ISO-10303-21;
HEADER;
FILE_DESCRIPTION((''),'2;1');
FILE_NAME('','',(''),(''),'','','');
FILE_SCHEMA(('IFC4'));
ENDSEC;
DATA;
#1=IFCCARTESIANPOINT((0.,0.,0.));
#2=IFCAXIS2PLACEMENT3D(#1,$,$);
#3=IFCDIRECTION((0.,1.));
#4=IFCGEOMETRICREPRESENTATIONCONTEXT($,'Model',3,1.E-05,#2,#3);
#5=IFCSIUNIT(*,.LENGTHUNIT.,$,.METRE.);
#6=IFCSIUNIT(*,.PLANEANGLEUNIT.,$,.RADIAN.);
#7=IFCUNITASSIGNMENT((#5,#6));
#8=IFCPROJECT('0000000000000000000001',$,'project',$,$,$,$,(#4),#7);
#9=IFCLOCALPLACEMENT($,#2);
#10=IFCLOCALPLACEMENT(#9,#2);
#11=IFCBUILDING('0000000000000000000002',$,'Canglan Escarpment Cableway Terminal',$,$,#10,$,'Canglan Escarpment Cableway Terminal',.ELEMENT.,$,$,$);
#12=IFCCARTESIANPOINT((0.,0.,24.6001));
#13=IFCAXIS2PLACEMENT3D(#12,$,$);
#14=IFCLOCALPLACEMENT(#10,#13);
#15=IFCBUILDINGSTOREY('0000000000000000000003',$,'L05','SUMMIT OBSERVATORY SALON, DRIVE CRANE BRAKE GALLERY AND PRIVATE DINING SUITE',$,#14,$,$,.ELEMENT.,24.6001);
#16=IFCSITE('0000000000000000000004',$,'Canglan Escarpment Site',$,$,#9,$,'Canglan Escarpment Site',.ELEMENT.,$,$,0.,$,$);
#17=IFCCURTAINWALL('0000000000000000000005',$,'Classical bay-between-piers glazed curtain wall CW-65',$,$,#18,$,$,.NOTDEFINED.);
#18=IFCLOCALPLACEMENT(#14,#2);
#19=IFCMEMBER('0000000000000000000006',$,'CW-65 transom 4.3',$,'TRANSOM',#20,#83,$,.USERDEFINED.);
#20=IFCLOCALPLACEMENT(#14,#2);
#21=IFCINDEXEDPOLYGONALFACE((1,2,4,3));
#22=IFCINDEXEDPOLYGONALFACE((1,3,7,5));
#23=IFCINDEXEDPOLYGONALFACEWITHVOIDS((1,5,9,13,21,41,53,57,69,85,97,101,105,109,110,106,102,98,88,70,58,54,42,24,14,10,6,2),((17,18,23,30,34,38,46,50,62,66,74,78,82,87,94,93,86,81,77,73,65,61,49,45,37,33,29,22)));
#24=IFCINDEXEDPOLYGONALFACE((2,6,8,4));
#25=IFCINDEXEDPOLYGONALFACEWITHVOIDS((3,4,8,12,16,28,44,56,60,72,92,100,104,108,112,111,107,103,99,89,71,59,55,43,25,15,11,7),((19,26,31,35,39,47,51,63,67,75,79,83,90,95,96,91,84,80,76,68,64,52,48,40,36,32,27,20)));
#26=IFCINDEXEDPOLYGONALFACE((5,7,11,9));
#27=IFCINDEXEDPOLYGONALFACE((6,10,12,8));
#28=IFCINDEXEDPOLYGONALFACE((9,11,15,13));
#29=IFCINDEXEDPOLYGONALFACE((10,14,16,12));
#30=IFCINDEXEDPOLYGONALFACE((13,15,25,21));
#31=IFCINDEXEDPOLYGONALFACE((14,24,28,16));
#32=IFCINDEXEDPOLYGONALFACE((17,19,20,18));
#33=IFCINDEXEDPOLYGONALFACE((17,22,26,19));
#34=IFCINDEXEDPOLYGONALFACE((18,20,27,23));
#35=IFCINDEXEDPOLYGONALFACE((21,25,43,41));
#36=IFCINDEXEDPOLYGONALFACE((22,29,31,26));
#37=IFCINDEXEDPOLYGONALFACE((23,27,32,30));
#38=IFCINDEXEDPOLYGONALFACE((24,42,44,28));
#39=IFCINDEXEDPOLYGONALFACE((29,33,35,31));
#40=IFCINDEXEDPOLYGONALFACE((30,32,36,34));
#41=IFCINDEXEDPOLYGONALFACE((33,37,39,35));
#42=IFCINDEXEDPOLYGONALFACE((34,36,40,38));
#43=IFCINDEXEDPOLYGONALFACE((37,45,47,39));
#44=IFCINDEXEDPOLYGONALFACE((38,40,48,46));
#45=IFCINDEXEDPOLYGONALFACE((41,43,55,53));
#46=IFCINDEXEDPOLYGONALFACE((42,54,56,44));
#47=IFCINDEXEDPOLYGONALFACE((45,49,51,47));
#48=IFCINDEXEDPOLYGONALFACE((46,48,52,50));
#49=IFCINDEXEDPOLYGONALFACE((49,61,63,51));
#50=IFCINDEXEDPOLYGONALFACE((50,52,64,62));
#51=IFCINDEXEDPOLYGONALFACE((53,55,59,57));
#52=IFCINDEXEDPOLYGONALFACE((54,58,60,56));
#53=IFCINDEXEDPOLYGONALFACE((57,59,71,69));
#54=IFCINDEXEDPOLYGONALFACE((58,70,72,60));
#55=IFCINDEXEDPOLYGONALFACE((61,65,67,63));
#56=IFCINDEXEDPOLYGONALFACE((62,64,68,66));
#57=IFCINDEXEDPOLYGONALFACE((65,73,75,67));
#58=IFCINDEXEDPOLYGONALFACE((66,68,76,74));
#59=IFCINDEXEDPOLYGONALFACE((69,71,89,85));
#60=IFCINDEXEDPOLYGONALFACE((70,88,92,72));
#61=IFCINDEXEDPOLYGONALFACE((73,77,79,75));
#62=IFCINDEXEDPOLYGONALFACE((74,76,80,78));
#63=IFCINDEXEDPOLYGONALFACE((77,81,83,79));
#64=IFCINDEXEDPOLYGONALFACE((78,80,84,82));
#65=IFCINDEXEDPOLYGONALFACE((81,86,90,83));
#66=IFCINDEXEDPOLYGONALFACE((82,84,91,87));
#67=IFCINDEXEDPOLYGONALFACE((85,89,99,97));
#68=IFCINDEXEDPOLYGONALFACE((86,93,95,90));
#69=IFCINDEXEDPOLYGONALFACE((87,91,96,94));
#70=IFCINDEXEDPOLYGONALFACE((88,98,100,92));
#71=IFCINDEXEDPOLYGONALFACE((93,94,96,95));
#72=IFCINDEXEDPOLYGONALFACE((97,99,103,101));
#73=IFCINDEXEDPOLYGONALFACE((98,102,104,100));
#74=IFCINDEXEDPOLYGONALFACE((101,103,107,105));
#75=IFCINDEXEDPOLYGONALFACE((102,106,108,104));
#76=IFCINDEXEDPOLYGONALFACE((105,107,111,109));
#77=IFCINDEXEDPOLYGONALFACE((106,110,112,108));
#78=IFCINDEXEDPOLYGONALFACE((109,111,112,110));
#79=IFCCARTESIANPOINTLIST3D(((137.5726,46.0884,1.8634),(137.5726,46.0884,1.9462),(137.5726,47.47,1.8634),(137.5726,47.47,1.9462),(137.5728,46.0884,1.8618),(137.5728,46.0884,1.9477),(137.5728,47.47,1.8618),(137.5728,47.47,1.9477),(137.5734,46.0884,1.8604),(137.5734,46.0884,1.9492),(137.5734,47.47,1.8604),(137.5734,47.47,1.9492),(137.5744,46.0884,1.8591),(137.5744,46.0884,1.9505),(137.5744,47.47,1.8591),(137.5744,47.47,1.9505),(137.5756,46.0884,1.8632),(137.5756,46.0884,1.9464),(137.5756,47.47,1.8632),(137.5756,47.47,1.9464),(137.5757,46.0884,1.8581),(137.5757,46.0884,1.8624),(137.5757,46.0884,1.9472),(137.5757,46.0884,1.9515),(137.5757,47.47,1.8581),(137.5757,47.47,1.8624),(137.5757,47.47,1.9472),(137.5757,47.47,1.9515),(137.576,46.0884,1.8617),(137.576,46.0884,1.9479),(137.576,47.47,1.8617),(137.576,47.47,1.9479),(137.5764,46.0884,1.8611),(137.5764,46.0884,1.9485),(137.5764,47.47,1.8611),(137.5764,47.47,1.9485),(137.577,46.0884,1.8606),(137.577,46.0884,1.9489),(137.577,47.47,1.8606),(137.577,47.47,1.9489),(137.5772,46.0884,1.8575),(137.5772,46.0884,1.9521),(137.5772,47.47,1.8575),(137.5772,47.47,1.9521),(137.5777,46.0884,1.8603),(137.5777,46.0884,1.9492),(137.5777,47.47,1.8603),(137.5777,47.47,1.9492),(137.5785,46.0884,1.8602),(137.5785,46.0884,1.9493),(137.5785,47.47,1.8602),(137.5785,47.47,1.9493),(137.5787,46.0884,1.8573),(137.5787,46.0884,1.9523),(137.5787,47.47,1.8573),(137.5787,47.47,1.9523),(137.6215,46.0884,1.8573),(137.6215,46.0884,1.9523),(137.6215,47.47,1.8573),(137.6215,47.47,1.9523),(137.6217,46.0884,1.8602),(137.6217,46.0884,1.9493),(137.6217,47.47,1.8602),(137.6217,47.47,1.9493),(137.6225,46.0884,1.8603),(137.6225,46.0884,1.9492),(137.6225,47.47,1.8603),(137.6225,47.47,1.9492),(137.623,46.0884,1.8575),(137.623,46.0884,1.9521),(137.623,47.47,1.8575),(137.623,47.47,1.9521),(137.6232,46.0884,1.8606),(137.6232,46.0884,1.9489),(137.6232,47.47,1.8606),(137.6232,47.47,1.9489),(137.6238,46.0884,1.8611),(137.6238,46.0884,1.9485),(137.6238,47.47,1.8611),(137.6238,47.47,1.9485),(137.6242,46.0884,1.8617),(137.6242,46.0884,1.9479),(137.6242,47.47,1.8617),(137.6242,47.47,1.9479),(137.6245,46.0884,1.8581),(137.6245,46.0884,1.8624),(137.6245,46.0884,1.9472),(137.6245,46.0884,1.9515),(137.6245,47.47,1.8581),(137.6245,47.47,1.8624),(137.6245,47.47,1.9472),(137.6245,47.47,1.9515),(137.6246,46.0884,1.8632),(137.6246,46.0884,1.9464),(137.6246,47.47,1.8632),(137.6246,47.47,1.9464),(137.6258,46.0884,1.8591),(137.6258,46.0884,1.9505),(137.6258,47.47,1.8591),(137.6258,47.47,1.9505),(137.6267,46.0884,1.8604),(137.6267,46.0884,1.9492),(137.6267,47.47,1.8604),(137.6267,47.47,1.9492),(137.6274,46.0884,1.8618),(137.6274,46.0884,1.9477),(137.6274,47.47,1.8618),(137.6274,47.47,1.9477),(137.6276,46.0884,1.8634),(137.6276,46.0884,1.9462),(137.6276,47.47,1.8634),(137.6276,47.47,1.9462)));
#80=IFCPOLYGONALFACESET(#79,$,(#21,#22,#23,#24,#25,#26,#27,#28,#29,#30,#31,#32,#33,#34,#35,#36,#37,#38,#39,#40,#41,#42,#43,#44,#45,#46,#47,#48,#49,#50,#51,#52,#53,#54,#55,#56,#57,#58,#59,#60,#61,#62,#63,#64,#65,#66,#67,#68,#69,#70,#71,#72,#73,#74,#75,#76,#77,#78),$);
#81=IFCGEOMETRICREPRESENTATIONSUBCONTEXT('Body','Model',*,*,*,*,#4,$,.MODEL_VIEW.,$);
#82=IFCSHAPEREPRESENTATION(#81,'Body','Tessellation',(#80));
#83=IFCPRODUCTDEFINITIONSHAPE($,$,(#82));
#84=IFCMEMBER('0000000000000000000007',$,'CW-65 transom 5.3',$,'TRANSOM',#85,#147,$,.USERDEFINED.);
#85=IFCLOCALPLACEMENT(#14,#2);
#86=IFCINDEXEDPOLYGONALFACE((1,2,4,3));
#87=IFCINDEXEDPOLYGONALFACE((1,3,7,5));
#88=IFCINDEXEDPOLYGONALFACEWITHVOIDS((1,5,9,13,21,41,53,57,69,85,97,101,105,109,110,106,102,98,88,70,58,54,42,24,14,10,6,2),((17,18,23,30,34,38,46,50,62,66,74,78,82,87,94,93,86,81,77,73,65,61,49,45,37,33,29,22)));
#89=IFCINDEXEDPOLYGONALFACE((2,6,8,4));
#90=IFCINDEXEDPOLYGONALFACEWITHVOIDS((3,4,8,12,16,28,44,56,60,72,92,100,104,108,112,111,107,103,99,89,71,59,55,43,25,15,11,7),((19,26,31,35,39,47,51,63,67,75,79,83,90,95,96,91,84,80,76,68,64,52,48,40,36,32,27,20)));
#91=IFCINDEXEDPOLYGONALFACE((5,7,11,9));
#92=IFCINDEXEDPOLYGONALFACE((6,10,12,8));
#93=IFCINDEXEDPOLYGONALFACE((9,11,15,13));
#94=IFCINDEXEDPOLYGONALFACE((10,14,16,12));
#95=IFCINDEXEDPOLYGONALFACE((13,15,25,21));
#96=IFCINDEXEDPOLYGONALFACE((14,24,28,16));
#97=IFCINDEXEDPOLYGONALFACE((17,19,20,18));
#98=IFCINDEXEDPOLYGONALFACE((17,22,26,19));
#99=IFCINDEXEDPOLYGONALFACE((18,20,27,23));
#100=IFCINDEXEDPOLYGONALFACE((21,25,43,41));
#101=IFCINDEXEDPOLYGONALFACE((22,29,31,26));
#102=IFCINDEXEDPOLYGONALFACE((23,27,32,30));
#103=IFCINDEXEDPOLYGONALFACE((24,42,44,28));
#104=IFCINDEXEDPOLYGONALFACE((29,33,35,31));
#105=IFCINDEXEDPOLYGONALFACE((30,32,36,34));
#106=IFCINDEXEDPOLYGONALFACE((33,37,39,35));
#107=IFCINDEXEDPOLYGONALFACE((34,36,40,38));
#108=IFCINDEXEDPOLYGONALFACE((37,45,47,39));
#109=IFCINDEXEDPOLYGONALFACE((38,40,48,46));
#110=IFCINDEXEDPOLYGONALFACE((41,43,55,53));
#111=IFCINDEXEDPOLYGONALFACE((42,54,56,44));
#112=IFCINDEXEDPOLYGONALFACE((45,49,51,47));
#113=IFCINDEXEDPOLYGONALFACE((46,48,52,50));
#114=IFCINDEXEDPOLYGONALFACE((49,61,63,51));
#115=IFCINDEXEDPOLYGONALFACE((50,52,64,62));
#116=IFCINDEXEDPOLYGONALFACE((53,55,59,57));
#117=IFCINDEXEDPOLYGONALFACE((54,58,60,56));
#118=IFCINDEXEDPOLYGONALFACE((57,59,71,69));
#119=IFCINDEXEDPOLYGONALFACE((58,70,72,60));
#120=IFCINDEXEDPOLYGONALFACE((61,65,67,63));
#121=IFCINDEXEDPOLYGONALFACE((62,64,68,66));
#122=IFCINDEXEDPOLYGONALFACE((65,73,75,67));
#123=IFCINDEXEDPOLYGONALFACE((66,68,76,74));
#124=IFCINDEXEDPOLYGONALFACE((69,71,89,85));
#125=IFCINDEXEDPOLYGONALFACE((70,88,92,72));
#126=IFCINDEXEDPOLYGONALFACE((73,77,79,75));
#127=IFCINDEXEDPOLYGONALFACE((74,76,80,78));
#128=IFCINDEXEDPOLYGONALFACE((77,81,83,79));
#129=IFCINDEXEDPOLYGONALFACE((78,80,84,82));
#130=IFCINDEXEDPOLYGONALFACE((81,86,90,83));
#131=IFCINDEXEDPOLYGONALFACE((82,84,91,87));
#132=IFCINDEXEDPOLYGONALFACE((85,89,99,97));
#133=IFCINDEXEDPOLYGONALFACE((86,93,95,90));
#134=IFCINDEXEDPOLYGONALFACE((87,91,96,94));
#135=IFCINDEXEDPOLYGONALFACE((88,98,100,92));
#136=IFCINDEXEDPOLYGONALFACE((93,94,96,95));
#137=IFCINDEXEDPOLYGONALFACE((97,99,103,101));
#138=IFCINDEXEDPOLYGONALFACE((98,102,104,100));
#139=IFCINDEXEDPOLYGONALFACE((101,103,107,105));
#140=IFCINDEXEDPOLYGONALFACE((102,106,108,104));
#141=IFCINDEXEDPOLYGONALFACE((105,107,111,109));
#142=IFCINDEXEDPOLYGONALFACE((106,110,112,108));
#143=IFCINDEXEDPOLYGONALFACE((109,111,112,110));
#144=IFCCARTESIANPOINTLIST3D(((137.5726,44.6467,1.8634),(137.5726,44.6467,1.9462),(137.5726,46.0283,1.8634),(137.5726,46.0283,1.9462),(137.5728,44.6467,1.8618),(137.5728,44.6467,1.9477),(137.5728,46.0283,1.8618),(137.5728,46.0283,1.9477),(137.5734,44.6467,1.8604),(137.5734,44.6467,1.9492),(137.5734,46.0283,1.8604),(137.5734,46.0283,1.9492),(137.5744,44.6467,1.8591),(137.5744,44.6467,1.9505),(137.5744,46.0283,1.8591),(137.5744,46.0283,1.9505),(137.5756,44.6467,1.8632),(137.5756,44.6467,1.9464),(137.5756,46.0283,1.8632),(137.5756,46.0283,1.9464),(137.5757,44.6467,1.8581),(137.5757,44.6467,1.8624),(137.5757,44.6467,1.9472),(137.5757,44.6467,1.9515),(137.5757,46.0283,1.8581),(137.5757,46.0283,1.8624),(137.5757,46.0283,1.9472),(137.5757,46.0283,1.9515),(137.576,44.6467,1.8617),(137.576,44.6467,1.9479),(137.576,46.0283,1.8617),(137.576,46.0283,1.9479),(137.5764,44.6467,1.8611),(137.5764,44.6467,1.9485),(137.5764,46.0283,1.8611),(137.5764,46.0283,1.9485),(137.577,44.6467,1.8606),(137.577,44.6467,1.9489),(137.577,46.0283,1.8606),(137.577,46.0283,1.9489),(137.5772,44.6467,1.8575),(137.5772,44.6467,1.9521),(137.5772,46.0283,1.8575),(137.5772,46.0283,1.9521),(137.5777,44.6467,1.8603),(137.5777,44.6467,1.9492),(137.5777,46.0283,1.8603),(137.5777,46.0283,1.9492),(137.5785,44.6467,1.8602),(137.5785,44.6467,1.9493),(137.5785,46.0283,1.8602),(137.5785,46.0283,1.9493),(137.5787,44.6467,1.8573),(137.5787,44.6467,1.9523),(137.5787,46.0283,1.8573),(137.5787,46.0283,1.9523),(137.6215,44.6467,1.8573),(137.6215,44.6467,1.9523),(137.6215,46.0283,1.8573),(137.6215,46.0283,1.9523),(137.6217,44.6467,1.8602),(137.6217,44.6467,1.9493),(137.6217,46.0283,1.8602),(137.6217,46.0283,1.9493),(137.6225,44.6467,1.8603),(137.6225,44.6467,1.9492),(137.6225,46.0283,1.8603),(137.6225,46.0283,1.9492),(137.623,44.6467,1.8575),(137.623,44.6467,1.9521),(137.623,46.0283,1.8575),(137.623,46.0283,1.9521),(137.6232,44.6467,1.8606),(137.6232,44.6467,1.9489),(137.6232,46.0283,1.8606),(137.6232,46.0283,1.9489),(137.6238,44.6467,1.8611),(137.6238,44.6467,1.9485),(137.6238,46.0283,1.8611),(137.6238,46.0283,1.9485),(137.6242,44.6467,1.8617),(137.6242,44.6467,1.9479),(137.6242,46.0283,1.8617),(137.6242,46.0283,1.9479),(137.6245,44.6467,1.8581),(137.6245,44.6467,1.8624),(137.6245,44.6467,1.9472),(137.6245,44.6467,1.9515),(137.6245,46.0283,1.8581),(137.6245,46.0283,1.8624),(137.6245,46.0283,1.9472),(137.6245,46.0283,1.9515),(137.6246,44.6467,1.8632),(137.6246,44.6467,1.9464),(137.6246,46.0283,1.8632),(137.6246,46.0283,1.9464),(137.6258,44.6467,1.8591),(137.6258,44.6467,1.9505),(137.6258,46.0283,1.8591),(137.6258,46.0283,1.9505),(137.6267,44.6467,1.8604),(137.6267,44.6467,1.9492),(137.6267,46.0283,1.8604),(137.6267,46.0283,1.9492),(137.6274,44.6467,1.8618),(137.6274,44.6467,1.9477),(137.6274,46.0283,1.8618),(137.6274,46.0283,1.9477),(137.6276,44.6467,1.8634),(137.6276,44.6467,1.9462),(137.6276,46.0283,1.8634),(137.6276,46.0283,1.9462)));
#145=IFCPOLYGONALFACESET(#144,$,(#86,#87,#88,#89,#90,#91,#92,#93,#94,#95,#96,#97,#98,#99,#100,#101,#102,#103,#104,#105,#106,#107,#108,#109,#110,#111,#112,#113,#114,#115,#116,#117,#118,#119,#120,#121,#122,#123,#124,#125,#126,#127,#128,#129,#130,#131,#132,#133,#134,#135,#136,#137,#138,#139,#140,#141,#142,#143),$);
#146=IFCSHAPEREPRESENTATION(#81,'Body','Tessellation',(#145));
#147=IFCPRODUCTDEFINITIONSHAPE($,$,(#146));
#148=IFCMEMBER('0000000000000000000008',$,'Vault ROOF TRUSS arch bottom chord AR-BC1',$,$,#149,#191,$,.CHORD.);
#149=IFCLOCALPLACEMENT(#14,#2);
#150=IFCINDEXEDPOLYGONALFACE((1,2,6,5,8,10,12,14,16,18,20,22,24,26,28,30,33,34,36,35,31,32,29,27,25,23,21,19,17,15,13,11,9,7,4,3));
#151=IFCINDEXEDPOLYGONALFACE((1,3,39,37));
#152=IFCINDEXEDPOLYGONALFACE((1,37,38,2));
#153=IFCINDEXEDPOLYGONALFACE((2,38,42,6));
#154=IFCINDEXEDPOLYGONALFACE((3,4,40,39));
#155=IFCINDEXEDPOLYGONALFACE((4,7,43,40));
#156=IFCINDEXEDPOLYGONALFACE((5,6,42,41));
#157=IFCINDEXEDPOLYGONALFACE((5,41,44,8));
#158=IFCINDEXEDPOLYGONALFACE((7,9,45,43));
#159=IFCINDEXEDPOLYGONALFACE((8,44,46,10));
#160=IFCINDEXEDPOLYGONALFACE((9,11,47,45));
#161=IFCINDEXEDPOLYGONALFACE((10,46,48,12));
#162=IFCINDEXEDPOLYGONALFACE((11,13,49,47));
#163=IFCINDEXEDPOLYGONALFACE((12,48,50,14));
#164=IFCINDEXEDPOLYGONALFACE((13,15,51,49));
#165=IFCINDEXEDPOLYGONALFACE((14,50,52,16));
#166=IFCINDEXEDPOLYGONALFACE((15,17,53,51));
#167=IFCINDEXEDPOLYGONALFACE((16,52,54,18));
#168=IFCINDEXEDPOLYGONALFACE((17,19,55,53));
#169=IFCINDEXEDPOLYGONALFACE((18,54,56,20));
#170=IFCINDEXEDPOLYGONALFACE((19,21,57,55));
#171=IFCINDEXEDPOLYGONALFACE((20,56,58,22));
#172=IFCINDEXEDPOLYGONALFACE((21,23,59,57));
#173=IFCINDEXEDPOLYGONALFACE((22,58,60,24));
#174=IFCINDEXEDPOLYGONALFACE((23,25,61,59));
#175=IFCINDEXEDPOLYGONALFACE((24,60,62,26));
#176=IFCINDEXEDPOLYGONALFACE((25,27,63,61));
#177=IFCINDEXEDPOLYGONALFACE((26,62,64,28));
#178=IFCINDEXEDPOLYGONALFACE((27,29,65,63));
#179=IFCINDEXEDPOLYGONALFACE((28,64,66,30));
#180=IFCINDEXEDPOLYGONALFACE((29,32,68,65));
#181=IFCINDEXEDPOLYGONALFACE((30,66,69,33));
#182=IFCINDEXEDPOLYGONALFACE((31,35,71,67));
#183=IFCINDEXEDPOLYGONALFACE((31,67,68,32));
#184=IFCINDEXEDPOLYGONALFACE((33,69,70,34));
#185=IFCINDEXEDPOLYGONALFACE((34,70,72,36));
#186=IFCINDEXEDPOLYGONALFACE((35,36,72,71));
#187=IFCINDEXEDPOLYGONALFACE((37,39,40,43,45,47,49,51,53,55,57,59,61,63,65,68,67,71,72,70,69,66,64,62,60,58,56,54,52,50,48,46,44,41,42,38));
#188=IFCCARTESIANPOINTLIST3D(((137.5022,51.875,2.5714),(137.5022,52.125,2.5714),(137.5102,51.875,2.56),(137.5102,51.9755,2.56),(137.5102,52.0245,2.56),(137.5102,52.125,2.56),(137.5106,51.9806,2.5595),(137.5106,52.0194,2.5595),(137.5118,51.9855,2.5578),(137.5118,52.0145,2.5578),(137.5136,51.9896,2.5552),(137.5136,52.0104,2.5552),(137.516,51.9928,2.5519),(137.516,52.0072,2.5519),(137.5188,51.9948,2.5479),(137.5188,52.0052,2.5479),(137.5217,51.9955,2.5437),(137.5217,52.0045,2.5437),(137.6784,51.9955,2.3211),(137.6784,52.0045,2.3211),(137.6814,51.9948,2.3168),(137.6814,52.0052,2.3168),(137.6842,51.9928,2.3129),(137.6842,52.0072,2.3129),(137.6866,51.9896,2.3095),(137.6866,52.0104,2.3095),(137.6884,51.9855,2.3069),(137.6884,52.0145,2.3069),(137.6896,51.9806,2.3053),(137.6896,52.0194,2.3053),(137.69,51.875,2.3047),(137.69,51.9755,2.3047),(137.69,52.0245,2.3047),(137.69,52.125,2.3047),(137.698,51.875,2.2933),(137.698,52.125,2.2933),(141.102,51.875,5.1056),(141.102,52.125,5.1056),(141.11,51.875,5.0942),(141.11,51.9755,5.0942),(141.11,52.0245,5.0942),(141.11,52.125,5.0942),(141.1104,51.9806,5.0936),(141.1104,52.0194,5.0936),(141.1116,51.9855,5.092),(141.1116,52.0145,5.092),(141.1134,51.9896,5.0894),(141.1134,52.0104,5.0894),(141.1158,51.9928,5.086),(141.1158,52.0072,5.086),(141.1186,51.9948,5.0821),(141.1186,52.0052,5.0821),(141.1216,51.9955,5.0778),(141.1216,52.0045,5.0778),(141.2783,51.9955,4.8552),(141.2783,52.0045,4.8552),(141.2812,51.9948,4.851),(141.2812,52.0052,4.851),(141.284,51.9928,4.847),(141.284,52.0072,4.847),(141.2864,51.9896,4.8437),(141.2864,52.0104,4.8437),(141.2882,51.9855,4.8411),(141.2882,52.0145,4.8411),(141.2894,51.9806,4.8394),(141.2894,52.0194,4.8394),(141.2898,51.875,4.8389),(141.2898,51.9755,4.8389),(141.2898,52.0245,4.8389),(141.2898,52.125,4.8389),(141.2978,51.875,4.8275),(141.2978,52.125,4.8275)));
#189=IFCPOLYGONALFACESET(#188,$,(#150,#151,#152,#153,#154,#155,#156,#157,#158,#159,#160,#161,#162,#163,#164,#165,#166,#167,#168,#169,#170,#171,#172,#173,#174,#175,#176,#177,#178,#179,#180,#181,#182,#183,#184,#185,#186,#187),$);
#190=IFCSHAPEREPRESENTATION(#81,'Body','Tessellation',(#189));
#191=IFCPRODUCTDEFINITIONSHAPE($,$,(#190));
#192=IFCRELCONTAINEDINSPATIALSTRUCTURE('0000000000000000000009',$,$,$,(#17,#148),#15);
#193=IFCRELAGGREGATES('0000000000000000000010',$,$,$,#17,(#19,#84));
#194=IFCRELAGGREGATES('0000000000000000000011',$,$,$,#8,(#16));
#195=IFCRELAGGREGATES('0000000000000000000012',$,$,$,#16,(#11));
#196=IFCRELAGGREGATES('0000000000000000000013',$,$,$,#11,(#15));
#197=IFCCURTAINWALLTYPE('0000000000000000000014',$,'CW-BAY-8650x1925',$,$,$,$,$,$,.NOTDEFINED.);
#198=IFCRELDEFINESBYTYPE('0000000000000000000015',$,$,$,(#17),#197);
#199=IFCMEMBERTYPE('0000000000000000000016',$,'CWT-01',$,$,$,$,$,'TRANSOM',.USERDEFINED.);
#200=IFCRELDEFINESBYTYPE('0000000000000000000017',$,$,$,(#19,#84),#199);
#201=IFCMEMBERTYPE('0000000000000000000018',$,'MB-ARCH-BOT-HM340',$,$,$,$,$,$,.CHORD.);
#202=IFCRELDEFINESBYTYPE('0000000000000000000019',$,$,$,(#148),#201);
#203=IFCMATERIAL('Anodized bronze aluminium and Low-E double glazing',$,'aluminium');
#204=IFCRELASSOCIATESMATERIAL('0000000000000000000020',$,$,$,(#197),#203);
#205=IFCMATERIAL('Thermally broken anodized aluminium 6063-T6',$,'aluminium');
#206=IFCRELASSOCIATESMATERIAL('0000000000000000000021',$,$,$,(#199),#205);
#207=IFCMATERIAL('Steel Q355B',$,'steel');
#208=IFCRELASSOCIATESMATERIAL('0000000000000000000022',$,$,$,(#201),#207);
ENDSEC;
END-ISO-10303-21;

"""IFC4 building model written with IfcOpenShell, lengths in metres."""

from ifc_helpers import new_model, si_unit, direction, frame, origin, origin_2d, place, context, subcontext, project, spatial, hollow_rectangle, i_section, extrude, material, material_profile, profile_set, type_object, element, aggregate, save


model = new_model("IFC4")

# Units and contexts
model_context = context("Model", 3, precision=1e-05, world=origin(), true_north=direction((0.0, 1.0)))
body_context = subcontext(model_context, "Body", "Model", "MODEL_VIEW")
ifc_project = project(units=[si_unit("LENGTHUNIT", "METRE"), si_unit("PLANEANGLEUNIT", "RADIAN")], contexts=[model_context])

# Site, building, storey
site_placement = place(None, origin())
site = spatial("IfcSite", under=ifc_project, at=site_placement, Name="Canglan Escarpment Site", LongName="Canglan Escarpment Site", CompositionType="ELEMENT", RefElevation=0.0)
building_placement = place(site_placement, origin())
building = spatial("IfcBuilding", under=site, at=building_placement, Name="Canglan Escarpment Cableway Terminal", LongName="Canglan Escarpment Cableway Terminal", CompositionType="ELEMENT")
storey_placement = place(building_placement, frame((0.0, 0.0, 24.6001)))
storey = spatial("IfcBuildingStorey", under=building, at=storey_placement, Name="L05", Description="SUMMIT OBSERVATORY SALON, DRIVE CRANE BRAKE GALLERY AND PRIVATE DINING SUITE", CompositionType="ELEMENT", Elevation=24.6001)

# Shared definitions
ifc_material_1 = material(Name="Steel Q355B", Category="steel")

# Curtain wall
ifc_material_2 = material(Name="Anodized bronze aluminium and Low-E double glazing", Category="aluminium")
curtain_wall_type_1 = type_object("IfcCurtainWallType", Name="CW-BAY-8650x1925", PredefinedType="NOTDEFINED", material=ifc_material_2)
curtain_wall_1_placement = place(storey_placement, origin())
curtain_wall_1 = element("IfcCurtainWall", 1, at=curtain_wall_1_placement, inside=storey, type_object=curtain_wall_type_1, Name="Classical bay-between-piers glazed curtain wall CW-65", PredefinedType="NOTDEFINED")
ifc_material_3 = material(Name="Thermally broken anodized aluminium 6063-T6", Category="aluminium")

# Members
ifc_material_profile_1 = material_profile(ifc_material_3, hollow_rectangle(XDim=0.0549, YDim=0.095, WallThickness=0.0029, InnerFilletRadius=0.0029, OuterFilletRadius=0.0061, at=origin_2d()), Name="ALU-TRAN 55x95x3")
ifc_profile_set_1 = profile_set([ifc_material_profile_1], Name="Thermally broken anodized aluminium 6063-T6")
member_type_1 = type_object("IfcMemberType", Name="CWT-01", ElementType="TRANSOM", PredefinedType="USERDEFINED", material=ifc_profile_set_1)
member_1_placement = place(storey_placement, frame((137.6001, 47.47, 1.9048), z_axis=(0.0, -1.0, 0.0), x_axis=(1.0, 0.0, 0.0)))
member_1 = element("IfcMember", 2, at=member_1_placement, type_object=member_type_1, Name="CW-65 transom 4.3", ObjectType="TRANSOM", PredefinedType="USERDEFINED", context=body_context, shape_type="SweptSolid", body=[
    extrude(hollow_rectangle(XDim=0.0549, YDim=0.095, WallThickness=0.0029, InnerFilletRadius=0.0029, OuterFilletRadius=0.0061, at=origin_2d()), origin(), (0.0, 0.0, 1.0), 1.3816),
])
member_2_placement = place(storey_placement, frame((137.6001, 46.0283, 1.9048), z_axis=(0.0, -1.0, 0.0), x_axis=(1.0, 0.0, 0.0)))
member_2 = element("IfcMember", 3, at=member_2_placement, type_object=member_type_1, Name="CW-65 transom 5.3", ObjectType="TRANSOM", PredefinedType="USERDEFINED", context=body_context, shape_type="SweptSolid", body=[
    extrude(hollow_rectangle(XDim=0.0549, YDim=0.095, WallThickness=0.0029, InnerFilletRadius=0.0029, OuterFilletRadius=0.0061, at=origin_2d()), origin(), (0.0, 0.0, 1.0), 1.3816),
])

# Member
ifc_material_profile_2 = material_profile(ifc_material_1, i_section(OverallWidth=0.25, OverallDepth=0.3401, WebThickness=0.009, FlangeThickness=0.0139, FilletRadius=0.02, at=origin_2d()), Name="HM 340x250x9x14")
ifc_profile_set_2 = profile_set([ifc_material_profile_2], Name="Steel Q355B")
member_type_2 = type_object("IfcMemberType", Name="MB-ARCH-BOT-HM340", PredefinedType="CHORD", material=ifc_profile_set_2)
member_3_placement = place(storey_placement, frame((137.6001, 52.0, 2.4324), z_axis=(0.817705, 0.0, 0.575638), x_axis=(0.0, 1.0, 0.0)))
element("IfcMember", 4, at=member_3_placement, inside=storey, type_object=member_type_2, Name="Vault ROOF TRUSS arch bottom chord AR-BC1", PredefinedType="CHORD", context=body_context, shape_type="SweptSolid", body=[
    extrude(i_section(OverallWidth=0.25, OverallDepth=0.3401, WebThickness=0.009, FlangeThickness=0.0139, FilletRadius=0.02, at=origin_2d()), origin(), (0.0, 0.0, 1.0), 4.4023),
])

aggregate(curtain_wall_1, [member_1, member_2])

save(model, "model.ifc")
